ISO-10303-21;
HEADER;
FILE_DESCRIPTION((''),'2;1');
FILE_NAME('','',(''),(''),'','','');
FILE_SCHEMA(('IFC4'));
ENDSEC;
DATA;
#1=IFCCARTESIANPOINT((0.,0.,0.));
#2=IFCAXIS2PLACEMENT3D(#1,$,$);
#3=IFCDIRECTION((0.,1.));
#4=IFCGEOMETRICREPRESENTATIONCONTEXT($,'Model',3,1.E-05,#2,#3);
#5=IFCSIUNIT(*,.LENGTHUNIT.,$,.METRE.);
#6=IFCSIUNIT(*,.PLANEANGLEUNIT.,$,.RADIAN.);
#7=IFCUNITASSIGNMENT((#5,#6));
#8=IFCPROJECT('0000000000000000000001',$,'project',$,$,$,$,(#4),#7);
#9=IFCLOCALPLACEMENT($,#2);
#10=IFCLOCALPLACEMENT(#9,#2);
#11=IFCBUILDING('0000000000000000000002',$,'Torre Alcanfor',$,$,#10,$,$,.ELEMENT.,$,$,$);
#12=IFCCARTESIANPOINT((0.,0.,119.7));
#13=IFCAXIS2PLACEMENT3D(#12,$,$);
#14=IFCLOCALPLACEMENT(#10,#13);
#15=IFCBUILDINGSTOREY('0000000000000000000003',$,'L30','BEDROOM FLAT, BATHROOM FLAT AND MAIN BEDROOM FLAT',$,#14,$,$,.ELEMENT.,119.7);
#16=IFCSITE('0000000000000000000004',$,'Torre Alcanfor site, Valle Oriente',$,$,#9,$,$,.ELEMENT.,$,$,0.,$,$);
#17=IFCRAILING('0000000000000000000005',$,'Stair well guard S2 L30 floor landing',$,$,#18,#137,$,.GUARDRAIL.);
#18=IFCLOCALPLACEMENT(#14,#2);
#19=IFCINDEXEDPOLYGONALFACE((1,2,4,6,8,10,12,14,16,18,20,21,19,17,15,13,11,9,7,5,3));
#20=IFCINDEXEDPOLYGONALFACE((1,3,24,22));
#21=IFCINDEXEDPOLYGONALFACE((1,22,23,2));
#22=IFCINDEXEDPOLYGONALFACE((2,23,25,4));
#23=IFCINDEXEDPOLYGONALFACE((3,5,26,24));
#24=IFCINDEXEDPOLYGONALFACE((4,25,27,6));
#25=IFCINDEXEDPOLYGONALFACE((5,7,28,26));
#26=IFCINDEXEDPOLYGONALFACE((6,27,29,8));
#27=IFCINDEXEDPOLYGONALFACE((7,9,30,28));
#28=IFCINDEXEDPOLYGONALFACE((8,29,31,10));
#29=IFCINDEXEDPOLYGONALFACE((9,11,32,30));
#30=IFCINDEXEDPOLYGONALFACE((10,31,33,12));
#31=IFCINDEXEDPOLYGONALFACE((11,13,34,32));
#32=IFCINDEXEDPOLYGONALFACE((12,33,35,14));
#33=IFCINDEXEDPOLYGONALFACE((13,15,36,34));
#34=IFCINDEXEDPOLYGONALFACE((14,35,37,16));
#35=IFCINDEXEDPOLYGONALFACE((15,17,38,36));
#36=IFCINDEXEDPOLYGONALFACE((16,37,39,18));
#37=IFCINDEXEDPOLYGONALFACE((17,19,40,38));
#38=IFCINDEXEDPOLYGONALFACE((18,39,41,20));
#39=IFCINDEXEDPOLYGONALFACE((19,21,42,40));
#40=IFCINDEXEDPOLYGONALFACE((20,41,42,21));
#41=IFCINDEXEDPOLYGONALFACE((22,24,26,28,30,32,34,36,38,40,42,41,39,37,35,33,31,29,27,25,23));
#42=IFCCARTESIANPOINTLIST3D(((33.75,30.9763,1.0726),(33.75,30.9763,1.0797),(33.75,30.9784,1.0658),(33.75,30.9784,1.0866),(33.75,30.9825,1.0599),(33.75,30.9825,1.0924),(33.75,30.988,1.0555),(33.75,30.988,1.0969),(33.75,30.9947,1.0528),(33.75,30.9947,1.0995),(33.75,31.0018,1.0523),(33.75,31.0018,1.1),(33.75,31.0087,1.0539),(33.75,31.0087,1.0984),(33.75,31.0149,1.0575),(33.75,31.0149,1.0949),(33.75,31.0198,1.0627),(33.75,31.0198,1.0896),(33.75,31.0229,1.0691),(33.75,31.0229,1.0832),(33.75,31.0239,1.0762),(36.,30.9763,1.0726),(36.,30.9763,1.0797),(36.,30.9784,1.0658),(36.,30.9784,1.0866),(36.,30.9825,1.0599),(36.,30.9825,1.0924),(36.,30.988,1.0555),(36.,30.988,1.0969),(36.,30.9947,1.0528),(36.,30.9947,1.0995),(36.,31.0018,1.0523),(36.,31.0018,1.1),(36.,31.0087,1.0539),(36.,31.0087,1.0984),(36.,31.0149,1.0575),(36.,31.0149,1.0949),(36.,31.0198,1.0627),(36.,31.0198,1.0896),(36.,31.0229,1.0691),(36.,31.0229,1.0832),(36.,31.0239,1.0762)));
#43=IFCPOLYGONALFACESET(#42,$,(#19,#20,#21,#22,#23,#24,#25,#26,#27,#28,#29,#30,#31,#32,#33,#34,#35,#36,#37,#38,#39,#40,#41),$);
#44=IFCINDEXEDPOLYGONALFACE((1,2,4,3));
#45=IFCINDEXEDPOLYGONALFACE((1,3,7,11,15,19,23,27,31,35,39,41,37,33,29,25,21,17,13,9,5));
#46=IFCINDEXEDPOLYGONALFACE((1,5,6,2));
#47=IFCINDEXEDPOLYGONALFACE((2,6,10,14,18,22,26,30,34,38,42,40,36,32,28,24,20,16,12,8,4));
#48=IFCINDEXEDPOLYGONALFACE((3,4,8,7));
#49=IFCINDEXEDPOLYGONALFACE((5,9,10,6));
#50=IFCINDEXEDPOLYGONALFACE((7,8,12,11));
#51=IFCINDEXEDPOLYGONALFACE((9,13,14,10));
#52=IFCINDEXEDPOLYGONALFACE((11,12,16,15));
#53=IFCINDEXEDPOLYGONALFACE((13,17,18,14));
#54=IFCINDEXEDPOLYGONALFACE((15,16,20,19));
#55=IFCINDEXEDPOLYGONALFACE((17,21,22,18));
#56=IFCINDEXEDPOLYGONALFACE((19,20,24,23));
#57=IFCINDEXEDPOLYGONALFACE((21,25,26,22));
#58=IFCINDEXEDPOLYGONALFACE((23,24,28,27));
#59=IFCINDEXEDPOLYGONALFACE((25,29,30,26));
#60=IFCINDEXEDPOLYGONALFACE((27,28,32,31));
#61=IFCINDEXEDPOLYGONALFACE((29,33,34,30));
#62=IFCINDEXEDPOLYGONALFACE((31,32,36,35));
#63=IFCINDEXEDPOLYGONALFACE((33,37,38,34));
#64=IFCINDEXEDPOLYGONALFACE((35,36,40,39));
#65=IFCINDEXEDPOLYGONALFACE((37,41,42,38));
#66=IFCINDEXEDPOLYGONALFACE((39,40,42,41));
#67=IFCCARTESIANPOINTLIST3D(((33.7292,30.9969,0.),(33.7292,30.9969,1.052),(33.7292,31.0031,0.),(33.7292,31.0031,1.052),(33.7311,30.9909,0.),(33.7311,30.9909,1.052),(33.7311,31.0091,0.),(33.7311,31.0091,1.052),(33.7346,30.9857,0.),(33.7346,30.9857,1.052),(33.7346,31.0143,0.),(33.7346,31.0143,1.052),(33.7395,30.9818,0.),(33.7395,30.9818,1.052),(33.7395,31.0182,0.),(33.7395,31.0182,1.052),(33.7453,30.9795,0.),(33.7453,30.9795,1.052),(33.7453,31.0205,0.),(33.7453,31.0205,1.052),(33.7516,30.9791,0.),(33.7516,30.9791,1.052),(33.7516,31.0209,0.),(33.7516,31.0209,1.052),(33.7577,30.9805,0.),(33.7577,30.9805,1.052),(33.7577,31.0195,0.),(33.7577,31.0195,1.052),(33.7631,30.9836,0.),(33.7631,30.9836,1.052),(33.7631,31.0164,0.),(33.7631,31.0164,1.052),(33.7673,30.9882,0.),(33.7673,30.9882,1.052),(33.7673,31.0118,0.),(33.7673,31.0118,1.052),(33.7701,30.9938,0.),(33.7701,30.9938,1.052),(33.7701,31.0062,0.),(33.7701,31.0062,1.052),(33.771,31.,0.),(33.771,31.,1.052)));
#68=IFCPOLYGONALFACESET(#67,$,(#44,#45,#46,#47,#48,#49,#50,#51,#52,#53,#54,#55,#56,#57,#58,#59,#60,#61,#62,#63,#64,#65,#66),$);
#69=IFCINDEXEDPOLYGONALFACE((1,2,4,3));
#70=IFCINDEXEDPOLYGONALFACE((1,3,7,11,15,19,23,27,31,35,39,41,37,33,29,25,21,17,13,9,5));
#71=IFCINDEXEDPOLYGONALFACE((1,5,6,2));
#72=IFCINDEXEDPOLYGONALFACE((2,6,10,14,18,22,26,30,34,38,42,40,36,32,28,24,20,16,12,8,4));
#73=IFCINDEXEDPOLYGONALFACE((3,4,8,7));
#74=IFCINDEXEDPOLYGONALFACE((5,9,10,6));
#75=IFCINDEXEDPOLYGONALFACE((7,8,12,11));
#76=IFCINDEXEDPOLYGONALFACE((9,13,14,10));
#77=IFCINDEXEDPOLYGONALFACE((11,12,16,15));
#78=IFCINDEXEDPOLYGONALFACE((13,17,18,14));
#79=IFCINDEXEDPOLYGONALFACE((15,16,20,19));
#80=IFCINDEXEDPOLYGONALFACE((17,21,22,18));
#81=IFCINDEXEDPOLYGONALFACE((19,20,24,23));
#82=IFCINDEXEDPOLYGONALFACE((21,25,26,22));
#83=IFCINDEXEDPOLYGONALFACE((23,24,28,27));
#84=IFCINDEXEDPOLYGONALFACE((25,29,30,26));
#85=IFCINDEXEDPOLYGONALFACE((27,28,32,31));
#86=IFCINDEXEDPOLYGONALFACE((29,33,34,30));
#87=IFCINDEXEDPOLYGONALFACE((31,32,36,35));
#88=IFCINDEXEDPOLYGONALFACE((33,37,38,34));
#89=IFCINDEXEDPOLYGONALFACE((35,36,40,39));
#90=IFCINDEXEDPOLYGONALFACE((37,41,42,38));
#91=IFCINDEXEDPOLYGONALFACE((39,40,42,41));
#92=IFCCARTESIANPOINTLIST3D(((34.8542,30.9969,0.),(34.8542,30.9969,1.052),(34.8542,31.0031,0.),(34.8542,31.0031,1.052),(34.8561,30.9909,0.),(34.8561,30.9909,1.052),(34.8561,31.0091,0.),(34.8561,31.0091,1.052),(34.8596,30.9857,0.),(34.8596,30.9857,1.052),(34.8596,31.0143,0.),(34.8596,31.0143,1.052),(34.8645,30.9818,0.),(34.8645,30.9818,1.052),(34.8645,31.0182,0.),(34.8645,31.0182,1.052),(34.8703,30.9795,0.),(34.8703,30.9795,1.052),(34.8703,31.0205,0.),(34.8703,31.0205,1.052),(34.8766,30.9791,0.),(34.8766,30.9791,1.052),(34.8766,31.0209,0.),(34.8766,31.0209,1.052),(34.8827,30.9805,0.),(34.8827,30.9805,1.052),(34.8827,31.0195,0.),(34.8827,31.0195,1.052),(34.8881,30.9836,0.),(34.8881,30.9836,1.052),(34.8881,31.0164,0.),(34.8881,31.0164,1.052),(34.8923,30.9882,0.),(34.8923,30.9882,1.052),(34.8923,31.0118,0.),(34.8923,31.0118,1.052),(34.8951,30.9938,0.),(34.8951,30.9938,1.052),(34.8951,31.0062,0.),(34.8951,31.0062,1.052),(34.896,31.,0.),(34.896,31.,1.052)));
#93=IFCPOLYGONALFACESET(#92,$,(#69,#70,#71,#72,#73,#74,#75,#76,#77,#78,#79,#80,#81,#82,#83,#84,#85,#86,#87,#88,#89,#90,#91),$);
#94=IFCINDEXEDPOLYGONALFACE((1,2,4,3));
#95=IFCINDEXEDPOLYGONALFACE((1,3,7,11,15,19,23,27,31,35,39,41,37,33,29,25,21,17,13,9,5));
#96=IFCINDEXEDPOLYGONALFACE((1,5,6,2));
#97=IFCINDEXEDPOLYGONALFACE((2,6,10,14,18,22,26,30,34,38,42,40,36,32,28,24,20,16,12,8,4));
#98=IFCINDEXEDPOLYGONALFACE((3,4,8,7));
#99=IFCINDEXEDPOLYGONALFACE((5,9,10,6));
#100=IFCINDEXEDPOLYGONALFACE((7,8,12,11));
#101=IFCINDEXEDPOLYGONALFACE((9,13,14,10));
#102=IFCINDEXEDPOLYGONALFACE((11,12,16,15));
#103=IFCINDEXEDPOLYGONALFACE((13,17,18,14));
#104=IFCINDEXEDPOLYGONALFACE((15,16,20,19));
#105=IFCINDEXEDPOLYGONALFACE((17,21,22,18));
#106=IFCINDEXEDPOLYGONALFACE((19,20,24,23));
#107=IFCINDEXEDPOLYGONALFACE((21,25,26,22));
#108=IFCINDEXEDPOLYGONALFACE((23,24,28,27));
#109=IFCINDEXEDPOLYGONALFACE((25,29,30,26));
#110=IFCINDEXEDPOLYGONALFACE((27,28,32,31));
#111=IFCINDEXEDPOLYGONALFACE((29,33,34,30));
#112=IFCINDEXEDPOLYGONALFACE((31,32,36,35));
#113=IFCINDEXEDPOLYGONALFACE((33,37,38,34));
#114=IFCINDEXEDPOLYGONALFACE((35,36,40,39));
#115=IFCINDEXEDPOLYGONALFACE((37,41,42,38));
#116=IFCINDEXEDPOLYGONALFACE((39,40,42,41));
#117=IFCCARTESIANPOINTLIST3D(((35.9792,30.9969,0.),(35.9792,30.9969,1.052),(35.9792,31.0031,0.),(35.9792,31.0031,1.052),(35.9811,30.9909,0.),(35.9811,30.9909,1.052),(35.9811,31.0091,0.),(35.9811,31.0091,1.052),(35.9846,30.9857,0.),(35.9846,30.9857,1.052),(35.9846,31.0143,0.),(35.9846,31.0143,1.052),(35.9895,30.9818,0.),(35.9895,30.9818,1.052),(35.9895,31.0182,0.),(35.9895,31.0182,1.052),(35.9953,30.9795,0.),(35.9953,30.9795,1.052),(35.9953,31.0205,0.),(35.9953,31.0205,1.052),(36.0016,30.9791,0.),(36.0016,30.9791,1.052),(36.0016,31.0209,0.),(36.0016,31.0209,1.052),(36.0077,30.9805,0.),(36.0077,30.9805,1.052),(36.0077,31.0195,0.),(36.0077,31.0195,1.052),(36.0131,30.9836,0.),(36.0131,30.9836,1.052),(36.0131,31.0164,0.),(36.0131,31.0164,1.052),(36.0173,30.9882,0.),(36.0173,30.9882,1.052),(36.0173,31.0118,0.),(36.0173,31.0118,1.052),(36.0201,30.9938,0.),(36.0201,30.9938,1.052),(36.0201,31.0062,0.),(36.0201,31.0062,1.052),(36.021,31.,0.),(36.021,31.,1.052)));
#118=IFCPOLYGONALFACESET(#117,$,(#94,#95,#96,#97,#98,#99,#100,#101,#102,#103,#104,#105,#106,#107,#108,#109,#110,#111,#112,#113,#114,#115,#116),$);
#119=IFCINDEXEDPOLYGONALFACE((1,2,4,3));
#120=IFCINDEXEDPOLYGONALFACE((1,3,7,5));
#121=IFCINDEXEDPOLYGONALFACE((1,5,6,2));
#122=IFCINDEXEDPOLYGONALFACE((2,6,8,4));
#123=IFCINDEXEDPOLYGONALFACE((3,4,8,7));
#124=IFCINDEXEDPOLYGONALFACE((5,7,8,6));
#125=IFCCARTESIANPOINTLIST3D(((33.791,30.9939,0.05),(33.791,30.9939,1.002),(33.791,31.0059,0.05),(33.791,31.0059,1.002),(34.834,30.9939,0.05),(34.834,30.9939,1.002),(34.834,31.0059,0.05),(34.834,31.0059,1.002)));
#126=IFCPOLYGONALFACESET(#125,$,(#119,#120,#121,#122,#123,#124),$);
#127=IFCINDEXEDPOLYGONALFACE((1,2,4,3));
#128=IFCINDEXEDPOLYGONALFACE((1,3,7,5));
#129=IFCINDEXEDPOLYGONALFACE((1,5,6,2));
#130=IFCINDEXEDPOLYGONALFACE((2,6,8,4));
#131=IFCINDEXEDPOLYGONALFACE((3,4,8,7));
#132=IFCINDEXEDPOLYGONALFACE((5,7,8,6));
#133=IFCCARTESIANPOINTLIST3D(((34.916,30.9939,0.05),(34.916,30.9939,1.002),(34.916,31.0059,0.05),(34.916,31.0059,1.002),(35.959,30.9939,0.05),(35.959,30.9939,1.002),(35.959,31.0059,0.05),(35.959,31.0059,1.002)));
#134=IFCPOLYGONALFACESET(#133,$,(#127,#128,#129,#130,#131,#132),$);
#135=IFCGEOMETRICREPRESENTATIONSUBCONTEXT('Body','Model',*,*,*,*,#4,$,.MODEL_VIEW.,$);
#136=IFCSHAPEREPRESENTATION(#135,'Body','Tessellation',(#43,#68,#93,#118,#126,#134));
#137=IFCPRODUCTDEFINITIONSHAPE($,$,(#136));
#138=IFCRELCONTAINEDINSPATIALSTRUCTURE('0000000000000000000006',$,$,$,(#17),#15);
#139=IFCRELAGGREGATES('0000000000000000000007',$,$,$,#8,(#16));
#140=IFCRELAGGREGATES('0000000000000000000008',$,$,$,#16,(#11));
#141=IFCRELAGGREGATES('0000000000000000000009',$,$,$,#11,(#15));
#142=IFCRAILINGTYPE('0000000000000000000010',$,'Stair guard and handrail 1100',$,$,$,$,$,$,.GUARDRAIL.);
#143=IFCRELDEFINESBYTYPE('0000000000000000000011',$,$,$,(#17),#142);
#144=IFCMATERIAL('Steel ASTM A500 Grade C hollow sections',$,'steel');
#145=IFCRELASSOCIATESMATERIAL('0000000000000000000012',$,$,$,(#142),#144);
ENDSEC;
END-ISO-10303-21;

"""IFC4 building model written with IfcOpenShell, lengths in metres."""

from ifc_helpers import new_model, si_unit, direction, frame, origin, origin_2d, place, context, subcontext, project, spatial, polyline, circle, outline, extrude, material, type_object, element, save


model = new_model("IFC4")

# Units and contexts
model_context = context("Model", 3, precision=1e-05, world=origin(), true_north=direction((0.0, 1.0)))
body_context = subcontext(model_context, "Body", "Model", "MODEL_VIEW")
ifc_project = project(units=[si_unit("LENGTHUNIT", "METRE"), si_unit("PLANEANGLEUNIT", "RADIAN")], contexts=[model_context])

# Site, building, storey
site_placement = place(None, origin())
site = spatial("IfcSite", under=ifc_project, at=site_placement, Name="Torre Alcanfor site, Valle Oriente", CompositionType="ELEMENT", RefElevation=0.0)
building_placement = place(site_placement, origin())
building = spatial("IfcBuilding", under=site, at=building_placement, Name="Torre Alcanfor", CompositionType="ELEMENT")
storey_placement = place(building_placement, frame((0.0, 0.0, 119.7)))
storey = spatial("IfcBuildingStorey", under=building, at=storey_placement, Name="L30", Description="BEDROOM FLAT, BATHROOM FLAT AND MAIN BEDROOM FLAT", CompositionType="ELEMENT", Elevation=119.7)

# Railing
ifc_material_1 = material(Name="Steel ASTM A500 Grade C hollow sections", Category="steel")
railing_type_1 = type_object("IfcRailingType", Name="Stair guard and handrail 1100", PredefinedType="GUARDRAIL", material=ifc_material_1)
for number, where, name in (
    (1, (33.75, 31.0, 0.0), "Stair well guard S2 L30 floor landing"),
):
    element("IfcRailing", number, at=place(storey_placement, frame(where)), inside=storey, type_object=railing_type_1, Name=name, PredefinedType="GUARDRAIL", context=body_context, shape_type="SweptSolid", body=[
        extrude(circle(Radius=0.0239, at=origin_2d()), frame((0.0, 0.0, 1.0762), z_axis=(1.0, 0.0, 0.0), x_axis=(0.0, 1.0, 0.0)), (0.0, 0.0, 1.0), 2.25),
        extrude(circle(Radius=0.021, at=origin_2d()), origin(), (0.0, 0.0, 1.0), 1.052),
        extrude(circle(Radius=0.021, at=origin_2d()), frame((1.125, 0.0, 0.0)), (0.0, 0.0, 1.0), 1.052),
        extrude(circle(Radius=0.021, at=origin_2d()), frame((2.25, 0.0, 0.0)), (0.0, 0.0, 1.0), 1.052),
        extrude(outline(polyline([(0.041, 0.05), (1.084, 0.05), (1.084, 1.002), (0.041, 1.002), (0.041, 0.05)])), frame((0.0, 0.0059, 0.0), z_axis=(0.0, -1.0, 0.0), x_axis=(1.0, 0.0, 0.0)), (0.0, 0.0, 1.0), 0.012),
        extrude(outline(polyline([(1.166, 0.05), (2.209, 0.05), (2.209, 1.002), (1.166, 1.002), (1.166, 0.05)])), frame((0.0, 0.0059, 0.0), z_axis=(0.0, -1.0, 0.0), x_axis=(1.0, 0.0, 0.0)), (0.0, 0.0, 1.0), 0.012),
    ])

save(model, "model.ifc")
